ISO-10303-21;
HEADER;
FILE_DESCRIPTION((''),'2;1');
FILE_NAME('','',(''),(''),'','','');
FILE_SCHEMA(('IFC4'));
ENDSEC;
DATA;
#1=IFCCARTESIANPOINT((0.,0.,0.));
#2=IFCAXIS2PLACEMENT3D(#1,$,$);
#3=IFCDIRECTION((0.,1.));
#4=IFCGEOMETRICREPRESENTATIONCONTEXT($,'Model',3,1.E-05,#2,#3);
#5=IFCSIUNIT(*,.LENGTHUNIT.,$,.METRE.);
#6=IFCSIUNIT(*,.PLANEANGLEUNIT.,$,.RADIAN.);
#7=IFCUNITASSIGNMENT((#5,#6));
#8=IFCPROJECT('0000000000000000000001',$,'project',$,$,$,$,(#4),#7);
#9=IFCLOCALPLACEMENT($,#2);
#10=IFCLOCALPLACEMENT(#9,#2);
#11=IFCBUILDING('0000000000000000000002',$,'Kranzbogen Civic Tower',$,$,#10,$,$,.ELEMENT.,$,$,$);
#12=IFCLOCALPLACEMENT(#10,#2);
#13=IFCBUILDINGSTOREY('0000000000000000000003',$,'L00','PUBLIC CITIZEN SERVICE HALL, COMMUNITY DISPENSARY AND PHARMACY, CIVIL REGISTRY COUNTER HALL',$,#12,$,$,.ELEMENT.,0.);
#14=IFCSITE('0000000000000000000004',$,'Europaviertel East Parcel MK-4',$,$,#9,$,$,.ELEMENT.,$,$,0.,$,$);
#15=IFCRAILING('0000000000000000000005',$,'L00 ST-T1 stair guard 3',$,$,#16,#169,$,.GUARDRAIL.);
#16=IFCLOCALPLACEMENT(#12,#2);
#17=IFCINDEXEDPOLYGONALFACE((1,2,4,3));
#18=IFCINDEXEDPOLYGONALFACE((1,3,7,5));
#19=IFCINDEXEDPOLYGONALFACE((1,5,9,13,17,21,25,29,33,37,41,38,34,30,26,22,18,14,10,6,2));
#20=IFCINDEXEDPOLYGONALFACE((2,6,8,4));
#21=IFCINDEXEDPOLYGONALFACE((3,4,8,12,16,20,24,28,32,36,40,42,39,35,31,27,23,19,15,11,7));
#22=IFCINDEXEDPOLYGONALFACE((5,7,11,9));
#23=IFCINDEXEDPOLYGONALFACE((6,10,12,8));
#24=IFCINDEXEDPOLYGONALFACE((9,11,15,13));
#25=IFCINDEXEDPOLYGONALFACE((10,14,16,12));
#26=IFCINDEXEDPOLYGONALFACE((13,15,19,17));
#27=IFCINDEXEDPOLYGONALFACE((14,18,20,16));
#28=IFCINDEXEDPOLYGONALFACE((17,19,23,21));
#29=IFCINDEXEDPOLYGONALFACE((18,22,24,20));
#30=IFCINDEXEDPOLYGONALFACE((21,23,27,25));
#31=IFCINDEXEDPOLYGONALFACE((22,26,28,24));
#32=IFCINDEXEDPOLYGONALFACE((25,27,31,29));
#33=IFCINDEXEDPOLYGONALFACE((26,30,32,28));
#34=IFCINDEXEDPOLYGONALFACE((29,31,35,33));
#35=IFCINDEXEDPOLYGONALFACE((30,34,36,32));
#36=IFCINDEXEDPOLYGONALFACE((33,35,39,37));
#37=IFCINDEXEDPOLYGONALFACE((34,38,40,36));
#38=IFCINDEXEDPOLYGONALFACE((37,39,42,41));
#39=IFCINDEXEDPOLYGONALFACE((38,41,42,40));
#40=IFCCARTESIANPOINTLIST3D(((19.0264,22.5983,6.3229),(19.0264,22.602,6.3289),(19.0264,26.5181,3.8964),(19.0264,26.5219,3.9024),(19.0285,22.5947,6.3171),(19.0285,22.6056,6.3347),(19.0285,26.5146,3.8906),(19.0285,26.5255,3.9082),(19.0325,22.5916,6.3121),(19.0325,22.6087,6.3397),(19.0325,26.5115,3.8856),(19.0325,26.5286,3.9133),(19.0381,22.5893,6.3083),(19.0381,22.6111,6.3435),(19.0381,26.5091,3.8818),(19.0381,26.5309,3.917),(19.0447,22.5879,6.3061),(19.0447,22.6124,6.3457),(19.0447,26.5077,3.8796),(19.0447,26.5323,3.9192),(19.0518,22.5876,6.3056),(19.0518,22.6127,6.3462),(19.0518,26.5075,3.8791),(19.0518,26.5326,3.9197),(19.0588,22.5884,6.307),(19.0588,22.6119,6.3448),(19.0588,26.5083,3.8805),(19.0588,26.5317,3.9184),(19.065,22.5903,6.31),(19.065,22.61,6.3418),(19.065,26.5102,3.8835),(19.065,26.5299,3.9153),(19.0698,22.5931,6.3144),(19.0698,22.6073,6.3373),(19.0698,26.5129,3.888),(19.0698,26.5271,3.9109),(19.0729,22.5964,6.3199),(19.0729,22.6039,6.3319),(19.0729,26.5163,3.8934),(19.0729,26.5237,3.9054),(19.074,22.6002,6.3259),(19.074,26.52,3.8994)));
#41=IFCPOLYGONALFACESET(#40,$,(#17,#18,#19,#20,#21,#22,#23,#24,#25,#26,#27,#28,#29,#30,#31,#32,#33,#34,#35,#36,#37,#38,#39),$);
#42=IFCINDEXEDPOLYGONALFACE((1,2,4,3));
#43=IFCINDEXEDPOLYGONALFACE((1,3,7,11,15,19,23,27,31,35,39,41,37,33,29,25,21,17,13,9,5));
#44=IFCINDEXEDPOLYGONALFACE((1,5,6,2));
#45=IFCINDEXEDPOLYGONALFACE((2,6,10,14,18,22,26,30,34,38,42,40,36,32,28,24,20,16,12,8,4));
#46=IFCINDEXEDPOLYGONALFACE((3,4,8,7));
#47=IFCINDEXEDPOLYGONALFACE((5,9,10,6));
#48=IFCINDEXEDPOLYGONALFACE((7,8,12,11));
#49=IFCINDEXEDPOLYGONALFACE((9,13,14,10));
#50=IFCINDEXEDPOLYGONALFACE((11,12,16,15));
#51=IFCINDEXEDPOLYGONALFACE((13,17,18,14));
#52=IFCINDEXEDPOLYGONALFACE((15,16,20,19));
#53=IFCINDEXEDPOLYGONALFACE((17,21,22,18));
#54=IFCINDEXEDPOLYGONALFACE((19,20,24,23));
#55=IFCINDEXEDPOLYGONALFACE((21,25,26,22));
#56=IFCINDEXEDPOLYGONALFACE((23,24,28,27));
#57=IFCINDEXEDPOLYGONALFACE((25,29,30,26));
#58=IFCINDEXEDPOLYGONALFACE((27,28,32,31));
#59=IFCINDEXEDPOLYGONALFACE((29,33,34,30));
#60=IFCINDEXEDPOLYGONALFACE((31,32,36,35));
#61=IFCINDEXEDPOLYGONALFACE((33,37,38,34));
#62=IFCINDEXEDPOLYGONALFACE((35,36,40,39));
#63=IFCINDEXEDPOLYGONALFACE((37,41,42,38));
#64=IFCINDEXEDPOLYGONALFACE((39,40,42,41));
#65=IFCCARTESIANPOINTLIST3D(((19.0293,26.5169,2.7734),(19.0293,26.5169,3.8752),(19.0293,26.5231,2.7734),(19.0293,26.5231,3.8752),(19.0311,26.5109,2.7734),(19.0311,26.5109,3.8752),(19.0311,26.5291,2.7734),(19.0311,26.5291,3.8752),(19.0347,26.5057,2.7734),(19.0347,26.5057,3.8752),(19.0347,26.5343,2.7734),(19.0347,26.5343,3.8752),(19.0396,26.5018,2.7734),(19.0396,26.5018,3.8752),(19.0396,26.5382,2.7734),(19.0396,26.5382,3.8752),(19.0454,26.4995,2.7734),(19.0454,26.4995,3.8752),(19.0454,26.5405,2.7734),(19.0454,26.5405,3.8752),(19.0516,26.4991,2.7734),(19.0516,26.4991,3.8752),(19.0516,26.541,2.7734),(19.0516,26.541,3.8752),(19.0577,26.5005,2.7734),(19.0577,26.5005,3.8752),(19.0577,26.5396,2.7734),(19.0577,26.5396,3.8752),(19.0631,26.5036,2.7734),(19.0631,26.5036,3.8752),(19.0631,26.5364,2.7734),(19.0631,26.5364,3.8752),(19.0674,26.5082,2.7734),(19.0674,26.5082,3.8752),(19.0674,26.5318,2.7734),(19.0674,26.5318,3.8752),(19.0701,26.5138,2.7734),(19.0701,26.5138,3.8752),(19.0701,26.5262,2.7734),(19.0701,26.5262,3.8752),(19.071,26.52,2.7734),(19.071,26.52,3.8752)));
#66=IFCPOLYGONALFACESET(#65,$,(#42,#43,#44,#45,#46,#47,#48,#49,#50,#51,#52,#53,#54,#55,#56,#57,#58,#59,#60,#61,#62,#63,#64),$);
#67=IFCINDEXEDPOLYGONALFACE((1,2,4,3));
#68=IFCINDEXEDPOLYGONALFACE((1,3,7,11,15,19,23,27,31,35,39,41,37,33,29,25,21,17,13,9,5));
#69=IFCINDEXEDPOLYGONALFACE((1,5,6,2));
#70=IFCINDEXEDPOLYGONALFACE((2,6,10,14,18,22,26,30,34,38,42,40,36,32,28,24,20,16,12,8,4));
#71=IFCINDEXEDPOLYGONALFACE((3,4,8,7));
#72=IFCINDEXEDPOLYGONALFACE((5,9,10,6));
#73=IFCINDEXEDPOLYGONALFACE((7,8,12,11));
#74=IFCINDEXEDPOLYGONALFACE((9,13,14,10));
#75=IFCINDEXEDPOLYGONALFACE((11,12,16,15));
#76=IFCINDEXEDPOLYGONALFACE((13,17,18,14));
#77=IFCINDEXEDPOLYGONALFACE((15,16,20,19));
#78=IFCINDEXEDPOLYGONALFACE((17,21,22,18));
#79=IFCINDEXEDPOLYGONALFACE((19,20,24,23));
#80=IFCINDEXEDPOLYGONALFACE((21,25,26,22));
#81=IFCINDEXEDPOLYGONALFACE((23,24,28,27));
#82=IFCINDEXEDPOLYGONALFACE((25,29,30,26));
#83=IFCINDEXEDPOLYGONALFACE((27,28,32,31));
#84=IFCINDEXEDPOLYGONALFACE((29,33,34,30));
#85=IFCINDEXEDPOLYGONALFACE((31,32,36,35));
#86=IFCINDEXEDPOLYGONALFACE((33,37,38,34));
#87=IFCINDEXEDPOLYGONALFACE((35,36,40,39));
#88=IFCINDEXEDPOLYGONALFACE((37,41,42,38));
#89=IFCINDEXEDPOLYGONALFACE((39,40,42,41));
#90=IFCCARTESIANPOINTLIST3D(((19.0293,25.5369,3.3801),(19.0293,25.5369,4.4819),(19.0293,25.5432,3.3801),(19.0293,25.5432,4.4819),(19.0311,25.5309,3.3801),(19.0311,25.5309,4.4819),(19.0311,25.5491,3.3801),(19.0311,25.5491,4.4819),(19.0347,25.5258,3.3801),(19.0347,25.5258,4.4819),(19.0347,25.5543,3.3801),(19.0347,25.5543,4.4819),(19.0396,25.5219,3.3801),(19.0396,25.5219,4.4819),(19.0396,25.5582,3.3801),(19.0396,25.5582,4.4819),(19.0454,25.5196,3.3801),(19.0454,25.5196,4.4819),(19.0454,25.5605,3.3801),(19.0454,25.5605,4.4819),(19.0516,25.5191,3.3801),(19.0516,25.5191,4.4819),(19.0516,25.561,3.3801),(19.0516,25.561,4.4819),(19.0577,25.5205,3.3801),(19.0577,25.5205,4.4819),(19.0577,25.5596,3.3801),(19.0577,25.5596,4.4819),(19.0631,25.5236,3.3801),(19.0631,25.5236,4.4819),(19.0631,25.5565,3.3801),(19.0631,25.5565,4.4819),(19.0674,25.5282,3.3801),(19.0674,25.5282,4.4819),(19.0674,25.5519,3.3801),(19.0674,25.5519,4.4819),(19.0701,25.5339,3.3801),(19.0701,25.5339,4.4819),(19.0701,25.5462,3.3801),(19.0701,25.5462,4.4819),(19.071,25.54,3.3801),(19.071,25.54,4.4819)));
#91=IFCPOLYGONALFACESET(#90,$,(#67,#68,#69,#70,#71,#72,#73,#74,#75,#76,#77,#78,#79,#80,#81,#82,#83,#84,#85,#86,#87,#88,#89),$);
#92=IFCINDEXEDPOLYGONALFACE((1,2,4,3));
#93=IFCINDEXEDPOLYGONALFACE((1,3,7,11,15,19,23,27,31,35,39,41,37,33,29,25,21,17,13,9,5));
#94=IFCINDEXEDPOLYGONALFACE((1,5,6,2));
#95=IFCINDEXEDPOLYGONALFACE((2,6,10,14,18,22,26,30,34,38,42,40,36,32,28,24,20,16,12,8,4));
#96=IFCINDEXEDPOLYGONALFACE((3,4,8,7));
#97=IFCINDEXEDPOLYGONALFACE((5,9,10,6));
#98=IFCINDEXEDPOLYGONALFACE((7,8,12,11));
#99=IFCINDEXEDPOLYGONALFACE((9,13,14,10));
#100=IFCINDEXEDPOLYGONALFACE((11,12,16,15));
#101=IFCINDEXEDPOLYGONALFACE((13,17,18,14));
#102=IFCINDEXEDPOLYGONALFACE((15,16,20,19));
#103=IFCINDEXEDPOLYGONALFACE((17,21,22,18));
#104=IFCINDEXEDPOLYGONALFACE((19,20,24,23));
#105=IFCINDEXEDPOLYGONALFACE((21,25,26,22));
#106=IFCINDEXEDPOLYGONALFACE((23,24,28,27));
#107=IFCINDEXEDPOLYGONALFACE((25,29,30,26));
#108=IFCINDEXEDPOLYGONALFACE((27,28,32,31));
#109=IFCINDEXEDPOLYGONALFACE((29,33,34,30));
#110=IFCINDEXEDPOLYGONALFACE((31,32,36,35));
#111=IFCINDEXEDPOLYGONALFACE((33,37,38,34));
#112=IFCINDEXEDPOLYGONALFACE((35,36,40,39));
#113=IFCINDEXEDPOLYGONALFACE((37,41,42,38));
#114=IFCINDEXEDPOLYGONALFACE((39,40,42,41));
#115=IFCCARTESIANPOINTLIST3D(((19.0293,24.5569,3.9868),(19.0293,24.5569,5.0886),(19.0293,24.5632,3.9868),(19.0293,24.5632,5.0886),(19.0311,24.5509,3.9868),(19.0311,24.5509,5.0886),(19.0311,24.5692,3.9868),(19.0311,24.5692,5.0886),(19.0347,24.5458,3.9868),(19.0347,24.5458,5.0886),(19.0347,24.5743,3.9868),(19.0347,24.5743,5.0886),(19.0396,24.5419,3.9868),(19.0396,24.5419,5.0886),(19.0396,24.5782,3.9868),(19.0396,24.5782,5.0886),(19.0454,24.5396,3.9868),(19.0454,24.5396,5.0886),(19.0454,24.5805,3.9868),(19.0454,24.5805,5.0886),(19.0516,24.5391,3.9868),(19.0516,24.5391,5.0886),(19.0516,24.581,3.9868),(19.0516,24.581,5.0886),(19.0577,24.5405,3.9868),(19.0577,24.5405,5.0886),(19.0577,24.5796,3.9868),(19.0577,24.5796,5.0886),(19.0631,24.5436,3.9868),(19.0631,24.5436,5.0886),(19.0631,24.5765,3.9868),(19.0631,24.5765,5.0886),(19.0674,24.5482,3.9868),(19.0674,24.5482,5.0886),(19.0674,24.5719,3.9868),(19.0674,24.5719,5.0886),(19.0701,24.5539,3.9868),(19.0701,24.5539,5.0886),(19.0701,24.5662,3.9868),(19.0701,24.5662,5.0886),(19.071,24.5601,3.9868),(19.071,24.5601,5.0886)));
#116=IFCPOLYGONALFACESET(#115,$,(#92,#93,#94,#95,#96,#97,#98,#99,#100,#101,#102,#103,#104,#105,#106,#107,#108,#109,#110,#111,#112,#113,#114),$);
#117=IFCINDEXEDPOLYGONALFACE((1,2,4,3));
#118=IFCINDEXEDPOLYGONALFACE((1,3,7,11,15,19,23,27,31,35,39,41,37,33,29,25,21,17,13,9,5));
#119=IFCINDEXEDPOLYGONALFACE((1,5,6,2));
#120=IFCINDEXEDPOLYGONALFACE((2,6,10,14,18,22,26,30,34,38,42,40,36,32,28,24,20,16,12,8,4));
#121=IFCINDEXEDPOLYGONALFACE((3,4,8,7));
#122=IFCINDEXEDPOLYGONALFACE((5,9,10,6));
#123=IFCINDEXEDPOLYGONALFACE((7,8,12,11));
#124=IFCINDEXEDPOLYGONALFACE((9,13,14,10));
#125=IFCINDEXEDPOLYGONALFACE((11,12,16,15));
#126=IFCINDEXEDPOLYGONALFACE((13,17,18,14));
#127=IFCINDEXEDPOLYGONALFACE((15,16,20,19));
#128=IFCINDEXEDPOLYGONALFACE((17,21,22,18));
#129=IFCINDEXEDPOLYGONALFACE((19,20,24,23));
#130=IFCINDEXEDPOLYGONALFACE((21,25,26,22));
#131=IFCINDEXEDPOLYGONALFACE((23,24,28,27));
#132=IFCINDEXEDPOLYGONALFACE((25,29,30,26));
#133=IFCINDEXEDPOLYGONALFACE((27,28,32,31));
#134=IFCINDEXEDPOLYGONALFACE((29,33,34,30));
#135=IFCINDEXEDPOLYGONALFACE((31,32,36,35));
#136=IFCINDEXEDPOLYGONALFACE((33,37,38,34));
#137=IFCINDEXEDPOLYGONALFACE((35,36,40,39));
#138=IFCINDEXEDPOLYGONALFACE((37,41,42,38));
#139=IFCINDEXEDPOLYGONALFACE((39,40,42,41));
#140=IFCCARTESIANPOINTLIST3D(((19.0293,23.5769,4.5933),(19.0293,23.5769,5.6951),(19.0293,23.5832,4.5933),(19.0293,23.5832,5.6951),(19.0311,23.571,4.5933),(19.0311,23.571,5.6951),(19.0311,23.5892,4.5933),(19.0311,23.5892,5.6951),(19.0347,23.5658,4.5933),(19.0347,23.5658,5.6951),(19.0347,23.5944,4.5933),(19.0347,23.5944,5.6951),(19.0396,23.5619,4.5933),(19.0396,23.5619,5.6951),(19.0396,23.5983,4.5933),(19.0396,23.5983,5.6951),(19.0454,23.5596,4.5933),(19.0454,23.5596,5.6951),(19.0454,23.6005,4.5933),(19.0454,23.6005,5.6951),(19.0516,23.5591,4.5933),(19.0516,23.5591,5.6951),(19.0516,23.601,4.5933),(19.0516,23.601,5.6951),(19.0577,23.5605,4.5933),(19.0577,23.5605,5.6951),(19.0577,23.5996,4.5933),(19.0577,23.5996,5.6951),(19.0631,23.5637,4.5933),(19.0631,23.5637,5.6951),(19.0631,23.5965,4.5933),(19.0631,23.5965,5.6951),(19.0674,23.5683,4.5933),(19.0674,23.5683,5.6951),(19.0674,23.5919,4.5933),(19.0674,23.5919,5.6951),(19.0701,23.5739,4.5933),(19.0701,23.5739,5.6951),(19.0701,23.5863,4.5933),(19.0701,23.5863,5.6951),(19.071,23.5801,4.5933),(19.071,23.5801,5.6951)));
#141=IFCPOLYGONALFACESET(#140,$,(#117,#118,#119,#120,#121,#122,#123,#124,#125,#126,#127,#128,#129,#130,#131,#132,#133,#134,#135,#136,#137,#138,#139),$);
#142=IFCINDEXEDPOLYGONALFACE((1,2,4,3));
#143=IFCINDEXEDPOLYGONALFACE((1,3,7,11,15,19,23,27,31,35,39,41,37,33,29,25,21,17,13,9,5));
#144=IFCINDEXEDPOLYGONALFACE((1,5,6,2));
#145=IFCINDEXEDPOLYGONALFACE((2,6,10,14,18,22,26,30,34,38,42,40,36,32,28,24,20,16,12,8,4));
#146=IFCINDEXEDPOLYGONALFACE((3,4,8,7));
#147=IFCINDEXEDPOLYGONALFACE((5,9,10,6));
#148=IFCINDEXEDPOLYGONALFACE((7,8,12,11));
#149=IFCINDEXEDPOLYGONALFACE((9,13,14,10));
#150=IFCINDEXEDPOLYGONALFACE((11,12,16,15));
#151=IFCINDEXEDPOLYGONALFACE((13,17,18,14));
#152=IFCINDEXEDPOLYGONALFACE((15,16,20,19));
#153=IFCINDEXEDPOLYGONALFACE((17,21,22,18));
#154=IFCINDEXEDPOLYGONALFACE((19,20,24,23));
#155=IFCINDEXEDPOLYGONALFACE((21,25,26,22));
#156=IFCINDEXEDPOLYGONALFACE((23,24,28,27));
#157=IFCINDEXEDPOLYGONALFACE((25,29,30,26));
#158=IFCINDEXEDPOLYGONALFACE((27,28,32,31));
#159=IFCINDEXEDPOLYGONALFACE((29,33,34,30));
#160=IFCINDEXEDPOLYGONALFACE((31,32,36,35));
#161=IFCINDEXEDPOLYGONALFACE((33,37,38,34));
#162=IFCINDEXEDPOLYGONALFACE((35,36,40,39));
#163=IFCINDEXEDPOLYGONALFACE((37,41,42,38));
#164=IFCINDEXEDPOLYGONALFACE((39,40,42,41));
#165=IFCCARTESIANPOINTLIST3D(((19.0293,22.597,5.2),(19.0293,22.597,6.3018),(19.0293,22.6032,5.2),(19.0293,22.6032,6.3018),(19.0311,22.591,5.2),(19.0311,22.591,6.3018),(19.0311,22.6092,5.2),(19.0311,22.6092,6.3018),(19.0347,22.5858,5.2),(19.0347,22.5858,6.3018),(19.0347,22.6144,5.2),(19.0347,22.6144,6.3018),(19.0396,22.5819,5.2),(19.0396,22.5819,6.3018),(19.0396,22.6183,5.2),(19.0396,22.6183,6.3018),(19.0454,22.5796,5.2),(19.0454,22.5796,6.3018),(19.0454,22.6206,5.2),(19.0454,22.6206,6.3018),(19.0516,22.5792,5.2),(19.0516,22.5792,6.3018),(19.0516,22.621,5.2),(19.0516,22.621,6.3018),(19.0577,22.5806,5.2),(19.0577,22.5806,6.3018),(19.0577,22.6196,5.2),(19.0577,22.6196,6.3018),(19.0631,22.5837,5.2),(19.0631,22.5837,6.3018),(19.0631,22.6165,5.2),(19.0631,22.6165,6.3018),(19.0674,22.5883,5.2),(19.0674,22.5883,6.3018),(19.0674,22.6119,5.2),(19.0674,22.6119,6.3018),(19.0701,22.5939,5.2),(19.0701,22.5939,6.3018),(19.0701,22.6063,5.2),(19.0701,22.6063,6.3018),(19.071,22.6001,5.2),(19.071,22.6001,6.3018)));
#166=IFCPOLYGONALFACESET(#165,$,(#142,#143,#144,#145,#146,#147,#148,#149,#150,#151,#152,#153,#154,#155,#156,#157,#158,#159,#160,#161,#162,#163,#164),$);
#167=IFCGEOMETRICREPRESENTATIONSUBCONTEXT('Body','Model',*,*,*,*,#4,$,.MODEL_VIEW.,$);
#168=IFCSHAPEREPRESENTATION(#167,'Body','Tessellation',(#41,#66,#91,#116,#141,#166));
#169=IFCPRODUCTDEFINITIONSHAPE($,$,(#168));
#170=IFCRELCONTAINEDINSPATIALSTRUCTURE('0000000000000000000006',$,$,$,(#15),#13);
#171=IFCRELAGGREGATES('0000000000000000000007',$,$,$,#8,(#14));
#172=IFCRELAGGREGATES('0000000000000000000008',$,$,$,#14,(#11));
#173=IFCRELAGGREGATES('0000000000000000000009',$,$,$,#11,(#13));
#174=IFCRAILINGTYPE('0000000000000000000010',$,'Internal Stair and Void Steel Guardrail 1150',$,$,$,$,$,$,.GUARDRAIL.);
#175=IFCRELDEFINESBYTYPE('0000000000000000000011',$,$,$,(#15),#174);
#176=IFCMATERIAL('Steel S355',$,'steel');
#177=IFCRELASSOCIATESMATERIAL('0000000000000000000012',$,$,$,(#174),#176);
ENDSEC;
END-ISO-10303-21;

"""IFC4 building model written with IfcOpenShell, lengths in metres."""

from ifc_helpers import new_model, si_unit, direction, frame, origin, origin_2d, place, context, subcontext, project, spatial, circle, extrude, material, type_object, element, save


model = new_model("IFC4")

# Units and contexts
model_context = context("Model", 3, precision=1e-05, world=origin(), true_north=direction((0.0, 1.0)))
body_context = subcontext(model_context, "Body", "Model", "MODEL_VIEW")
ifc_project = project(units=[si_unit("LENGTHUNIT", "METRE"), si_unit("PLANEANGLEUNIT", "RADIAN")], contexts=[model_context])

# Site, building, storey
site_placement = place(None, origin())
site = spatial("IfcSite", under=ifc_project, at=site_placement, Name="Europaviertel East Parcel MK-4", CompositionType="ELEMENT", RefElevation=0.0)
building_placement = place(site_placement, origin())
building = spatial("IfcBuilding", under=site, at=building_placement, Name="Kranzbogen Civic Tower", CompositionType="ELEMENT")
storey_placement = place(building_placement, origin())
storey = spatial("IfcBuildingStorey", under=building, at=storey_placement, Name="L00", Description="PUBLIC CITIZEN SERVICE HALL, COMMUNITY DISPENSARY AND PHARMACY, CIVIL REGISTRY COUNTER HALL", CompositionType="ELEMENT", Elevation=0.0)

# Shared definitions
ifc_material_1 = material(Name="Steel S355", Category="steel")

# Railing
railing_type_1 = type_object("IfcRailingType", Name="Internal Stair and Void Steel Guardrail 1150", PredefinedType="GUARDRAIL", material=ifc_material_1)
railing_1_placement = place(storey_placement, frame((19.05, 26.52, 2.7734)))
element("IfcRailing", 1, at=railing_1_placement, inside=storey, type_object=railing_type_1, Name="L00 ST-T1 stair guard 3", PredefinedType="GUARDRAIL", context=body_context, shape_type="SweptSolid", body=[
    extrude(circle(Radius=0.0239, at=origin_2d()), frame((0.0, 0.0, 1.126), z_axis=(0.0, -0.850275, 0.526338), x_axis=(1.0, 0.0, 0.0)), (0.0, 0.0, 1.0), 4.6101),
    extrude(circle(Radius=0.021, at=origin_2d()), origin(), (0.0, 0.0, 1.0), 1.1018),
    extrude(circle(Radius=0.021, at=origin_2d()), frame((0.0, -0.98, 0.6067)), (0.0, 0.0, 1.0), 1.1018),
    extrude(circle(Radius=0.021, at=origin_2d()), frame((0.0, -1.96, 1.2134)), (0.0, 0.0, 1.0), 1.1018),
    extrude(circle(Radius=0.021, at=origin_2d()), frame((0.0, -2.9399, 1.8198)), (0.0, 0.0, 1.0), 1.1018),
    extrude(circle(Radius=0.021, at=origin_2d()), frame((0.0, -3.9199, 2.4265)), (0.0, 0.0, 1.0), 1.1018),
])

save(model, "model.ifc")
